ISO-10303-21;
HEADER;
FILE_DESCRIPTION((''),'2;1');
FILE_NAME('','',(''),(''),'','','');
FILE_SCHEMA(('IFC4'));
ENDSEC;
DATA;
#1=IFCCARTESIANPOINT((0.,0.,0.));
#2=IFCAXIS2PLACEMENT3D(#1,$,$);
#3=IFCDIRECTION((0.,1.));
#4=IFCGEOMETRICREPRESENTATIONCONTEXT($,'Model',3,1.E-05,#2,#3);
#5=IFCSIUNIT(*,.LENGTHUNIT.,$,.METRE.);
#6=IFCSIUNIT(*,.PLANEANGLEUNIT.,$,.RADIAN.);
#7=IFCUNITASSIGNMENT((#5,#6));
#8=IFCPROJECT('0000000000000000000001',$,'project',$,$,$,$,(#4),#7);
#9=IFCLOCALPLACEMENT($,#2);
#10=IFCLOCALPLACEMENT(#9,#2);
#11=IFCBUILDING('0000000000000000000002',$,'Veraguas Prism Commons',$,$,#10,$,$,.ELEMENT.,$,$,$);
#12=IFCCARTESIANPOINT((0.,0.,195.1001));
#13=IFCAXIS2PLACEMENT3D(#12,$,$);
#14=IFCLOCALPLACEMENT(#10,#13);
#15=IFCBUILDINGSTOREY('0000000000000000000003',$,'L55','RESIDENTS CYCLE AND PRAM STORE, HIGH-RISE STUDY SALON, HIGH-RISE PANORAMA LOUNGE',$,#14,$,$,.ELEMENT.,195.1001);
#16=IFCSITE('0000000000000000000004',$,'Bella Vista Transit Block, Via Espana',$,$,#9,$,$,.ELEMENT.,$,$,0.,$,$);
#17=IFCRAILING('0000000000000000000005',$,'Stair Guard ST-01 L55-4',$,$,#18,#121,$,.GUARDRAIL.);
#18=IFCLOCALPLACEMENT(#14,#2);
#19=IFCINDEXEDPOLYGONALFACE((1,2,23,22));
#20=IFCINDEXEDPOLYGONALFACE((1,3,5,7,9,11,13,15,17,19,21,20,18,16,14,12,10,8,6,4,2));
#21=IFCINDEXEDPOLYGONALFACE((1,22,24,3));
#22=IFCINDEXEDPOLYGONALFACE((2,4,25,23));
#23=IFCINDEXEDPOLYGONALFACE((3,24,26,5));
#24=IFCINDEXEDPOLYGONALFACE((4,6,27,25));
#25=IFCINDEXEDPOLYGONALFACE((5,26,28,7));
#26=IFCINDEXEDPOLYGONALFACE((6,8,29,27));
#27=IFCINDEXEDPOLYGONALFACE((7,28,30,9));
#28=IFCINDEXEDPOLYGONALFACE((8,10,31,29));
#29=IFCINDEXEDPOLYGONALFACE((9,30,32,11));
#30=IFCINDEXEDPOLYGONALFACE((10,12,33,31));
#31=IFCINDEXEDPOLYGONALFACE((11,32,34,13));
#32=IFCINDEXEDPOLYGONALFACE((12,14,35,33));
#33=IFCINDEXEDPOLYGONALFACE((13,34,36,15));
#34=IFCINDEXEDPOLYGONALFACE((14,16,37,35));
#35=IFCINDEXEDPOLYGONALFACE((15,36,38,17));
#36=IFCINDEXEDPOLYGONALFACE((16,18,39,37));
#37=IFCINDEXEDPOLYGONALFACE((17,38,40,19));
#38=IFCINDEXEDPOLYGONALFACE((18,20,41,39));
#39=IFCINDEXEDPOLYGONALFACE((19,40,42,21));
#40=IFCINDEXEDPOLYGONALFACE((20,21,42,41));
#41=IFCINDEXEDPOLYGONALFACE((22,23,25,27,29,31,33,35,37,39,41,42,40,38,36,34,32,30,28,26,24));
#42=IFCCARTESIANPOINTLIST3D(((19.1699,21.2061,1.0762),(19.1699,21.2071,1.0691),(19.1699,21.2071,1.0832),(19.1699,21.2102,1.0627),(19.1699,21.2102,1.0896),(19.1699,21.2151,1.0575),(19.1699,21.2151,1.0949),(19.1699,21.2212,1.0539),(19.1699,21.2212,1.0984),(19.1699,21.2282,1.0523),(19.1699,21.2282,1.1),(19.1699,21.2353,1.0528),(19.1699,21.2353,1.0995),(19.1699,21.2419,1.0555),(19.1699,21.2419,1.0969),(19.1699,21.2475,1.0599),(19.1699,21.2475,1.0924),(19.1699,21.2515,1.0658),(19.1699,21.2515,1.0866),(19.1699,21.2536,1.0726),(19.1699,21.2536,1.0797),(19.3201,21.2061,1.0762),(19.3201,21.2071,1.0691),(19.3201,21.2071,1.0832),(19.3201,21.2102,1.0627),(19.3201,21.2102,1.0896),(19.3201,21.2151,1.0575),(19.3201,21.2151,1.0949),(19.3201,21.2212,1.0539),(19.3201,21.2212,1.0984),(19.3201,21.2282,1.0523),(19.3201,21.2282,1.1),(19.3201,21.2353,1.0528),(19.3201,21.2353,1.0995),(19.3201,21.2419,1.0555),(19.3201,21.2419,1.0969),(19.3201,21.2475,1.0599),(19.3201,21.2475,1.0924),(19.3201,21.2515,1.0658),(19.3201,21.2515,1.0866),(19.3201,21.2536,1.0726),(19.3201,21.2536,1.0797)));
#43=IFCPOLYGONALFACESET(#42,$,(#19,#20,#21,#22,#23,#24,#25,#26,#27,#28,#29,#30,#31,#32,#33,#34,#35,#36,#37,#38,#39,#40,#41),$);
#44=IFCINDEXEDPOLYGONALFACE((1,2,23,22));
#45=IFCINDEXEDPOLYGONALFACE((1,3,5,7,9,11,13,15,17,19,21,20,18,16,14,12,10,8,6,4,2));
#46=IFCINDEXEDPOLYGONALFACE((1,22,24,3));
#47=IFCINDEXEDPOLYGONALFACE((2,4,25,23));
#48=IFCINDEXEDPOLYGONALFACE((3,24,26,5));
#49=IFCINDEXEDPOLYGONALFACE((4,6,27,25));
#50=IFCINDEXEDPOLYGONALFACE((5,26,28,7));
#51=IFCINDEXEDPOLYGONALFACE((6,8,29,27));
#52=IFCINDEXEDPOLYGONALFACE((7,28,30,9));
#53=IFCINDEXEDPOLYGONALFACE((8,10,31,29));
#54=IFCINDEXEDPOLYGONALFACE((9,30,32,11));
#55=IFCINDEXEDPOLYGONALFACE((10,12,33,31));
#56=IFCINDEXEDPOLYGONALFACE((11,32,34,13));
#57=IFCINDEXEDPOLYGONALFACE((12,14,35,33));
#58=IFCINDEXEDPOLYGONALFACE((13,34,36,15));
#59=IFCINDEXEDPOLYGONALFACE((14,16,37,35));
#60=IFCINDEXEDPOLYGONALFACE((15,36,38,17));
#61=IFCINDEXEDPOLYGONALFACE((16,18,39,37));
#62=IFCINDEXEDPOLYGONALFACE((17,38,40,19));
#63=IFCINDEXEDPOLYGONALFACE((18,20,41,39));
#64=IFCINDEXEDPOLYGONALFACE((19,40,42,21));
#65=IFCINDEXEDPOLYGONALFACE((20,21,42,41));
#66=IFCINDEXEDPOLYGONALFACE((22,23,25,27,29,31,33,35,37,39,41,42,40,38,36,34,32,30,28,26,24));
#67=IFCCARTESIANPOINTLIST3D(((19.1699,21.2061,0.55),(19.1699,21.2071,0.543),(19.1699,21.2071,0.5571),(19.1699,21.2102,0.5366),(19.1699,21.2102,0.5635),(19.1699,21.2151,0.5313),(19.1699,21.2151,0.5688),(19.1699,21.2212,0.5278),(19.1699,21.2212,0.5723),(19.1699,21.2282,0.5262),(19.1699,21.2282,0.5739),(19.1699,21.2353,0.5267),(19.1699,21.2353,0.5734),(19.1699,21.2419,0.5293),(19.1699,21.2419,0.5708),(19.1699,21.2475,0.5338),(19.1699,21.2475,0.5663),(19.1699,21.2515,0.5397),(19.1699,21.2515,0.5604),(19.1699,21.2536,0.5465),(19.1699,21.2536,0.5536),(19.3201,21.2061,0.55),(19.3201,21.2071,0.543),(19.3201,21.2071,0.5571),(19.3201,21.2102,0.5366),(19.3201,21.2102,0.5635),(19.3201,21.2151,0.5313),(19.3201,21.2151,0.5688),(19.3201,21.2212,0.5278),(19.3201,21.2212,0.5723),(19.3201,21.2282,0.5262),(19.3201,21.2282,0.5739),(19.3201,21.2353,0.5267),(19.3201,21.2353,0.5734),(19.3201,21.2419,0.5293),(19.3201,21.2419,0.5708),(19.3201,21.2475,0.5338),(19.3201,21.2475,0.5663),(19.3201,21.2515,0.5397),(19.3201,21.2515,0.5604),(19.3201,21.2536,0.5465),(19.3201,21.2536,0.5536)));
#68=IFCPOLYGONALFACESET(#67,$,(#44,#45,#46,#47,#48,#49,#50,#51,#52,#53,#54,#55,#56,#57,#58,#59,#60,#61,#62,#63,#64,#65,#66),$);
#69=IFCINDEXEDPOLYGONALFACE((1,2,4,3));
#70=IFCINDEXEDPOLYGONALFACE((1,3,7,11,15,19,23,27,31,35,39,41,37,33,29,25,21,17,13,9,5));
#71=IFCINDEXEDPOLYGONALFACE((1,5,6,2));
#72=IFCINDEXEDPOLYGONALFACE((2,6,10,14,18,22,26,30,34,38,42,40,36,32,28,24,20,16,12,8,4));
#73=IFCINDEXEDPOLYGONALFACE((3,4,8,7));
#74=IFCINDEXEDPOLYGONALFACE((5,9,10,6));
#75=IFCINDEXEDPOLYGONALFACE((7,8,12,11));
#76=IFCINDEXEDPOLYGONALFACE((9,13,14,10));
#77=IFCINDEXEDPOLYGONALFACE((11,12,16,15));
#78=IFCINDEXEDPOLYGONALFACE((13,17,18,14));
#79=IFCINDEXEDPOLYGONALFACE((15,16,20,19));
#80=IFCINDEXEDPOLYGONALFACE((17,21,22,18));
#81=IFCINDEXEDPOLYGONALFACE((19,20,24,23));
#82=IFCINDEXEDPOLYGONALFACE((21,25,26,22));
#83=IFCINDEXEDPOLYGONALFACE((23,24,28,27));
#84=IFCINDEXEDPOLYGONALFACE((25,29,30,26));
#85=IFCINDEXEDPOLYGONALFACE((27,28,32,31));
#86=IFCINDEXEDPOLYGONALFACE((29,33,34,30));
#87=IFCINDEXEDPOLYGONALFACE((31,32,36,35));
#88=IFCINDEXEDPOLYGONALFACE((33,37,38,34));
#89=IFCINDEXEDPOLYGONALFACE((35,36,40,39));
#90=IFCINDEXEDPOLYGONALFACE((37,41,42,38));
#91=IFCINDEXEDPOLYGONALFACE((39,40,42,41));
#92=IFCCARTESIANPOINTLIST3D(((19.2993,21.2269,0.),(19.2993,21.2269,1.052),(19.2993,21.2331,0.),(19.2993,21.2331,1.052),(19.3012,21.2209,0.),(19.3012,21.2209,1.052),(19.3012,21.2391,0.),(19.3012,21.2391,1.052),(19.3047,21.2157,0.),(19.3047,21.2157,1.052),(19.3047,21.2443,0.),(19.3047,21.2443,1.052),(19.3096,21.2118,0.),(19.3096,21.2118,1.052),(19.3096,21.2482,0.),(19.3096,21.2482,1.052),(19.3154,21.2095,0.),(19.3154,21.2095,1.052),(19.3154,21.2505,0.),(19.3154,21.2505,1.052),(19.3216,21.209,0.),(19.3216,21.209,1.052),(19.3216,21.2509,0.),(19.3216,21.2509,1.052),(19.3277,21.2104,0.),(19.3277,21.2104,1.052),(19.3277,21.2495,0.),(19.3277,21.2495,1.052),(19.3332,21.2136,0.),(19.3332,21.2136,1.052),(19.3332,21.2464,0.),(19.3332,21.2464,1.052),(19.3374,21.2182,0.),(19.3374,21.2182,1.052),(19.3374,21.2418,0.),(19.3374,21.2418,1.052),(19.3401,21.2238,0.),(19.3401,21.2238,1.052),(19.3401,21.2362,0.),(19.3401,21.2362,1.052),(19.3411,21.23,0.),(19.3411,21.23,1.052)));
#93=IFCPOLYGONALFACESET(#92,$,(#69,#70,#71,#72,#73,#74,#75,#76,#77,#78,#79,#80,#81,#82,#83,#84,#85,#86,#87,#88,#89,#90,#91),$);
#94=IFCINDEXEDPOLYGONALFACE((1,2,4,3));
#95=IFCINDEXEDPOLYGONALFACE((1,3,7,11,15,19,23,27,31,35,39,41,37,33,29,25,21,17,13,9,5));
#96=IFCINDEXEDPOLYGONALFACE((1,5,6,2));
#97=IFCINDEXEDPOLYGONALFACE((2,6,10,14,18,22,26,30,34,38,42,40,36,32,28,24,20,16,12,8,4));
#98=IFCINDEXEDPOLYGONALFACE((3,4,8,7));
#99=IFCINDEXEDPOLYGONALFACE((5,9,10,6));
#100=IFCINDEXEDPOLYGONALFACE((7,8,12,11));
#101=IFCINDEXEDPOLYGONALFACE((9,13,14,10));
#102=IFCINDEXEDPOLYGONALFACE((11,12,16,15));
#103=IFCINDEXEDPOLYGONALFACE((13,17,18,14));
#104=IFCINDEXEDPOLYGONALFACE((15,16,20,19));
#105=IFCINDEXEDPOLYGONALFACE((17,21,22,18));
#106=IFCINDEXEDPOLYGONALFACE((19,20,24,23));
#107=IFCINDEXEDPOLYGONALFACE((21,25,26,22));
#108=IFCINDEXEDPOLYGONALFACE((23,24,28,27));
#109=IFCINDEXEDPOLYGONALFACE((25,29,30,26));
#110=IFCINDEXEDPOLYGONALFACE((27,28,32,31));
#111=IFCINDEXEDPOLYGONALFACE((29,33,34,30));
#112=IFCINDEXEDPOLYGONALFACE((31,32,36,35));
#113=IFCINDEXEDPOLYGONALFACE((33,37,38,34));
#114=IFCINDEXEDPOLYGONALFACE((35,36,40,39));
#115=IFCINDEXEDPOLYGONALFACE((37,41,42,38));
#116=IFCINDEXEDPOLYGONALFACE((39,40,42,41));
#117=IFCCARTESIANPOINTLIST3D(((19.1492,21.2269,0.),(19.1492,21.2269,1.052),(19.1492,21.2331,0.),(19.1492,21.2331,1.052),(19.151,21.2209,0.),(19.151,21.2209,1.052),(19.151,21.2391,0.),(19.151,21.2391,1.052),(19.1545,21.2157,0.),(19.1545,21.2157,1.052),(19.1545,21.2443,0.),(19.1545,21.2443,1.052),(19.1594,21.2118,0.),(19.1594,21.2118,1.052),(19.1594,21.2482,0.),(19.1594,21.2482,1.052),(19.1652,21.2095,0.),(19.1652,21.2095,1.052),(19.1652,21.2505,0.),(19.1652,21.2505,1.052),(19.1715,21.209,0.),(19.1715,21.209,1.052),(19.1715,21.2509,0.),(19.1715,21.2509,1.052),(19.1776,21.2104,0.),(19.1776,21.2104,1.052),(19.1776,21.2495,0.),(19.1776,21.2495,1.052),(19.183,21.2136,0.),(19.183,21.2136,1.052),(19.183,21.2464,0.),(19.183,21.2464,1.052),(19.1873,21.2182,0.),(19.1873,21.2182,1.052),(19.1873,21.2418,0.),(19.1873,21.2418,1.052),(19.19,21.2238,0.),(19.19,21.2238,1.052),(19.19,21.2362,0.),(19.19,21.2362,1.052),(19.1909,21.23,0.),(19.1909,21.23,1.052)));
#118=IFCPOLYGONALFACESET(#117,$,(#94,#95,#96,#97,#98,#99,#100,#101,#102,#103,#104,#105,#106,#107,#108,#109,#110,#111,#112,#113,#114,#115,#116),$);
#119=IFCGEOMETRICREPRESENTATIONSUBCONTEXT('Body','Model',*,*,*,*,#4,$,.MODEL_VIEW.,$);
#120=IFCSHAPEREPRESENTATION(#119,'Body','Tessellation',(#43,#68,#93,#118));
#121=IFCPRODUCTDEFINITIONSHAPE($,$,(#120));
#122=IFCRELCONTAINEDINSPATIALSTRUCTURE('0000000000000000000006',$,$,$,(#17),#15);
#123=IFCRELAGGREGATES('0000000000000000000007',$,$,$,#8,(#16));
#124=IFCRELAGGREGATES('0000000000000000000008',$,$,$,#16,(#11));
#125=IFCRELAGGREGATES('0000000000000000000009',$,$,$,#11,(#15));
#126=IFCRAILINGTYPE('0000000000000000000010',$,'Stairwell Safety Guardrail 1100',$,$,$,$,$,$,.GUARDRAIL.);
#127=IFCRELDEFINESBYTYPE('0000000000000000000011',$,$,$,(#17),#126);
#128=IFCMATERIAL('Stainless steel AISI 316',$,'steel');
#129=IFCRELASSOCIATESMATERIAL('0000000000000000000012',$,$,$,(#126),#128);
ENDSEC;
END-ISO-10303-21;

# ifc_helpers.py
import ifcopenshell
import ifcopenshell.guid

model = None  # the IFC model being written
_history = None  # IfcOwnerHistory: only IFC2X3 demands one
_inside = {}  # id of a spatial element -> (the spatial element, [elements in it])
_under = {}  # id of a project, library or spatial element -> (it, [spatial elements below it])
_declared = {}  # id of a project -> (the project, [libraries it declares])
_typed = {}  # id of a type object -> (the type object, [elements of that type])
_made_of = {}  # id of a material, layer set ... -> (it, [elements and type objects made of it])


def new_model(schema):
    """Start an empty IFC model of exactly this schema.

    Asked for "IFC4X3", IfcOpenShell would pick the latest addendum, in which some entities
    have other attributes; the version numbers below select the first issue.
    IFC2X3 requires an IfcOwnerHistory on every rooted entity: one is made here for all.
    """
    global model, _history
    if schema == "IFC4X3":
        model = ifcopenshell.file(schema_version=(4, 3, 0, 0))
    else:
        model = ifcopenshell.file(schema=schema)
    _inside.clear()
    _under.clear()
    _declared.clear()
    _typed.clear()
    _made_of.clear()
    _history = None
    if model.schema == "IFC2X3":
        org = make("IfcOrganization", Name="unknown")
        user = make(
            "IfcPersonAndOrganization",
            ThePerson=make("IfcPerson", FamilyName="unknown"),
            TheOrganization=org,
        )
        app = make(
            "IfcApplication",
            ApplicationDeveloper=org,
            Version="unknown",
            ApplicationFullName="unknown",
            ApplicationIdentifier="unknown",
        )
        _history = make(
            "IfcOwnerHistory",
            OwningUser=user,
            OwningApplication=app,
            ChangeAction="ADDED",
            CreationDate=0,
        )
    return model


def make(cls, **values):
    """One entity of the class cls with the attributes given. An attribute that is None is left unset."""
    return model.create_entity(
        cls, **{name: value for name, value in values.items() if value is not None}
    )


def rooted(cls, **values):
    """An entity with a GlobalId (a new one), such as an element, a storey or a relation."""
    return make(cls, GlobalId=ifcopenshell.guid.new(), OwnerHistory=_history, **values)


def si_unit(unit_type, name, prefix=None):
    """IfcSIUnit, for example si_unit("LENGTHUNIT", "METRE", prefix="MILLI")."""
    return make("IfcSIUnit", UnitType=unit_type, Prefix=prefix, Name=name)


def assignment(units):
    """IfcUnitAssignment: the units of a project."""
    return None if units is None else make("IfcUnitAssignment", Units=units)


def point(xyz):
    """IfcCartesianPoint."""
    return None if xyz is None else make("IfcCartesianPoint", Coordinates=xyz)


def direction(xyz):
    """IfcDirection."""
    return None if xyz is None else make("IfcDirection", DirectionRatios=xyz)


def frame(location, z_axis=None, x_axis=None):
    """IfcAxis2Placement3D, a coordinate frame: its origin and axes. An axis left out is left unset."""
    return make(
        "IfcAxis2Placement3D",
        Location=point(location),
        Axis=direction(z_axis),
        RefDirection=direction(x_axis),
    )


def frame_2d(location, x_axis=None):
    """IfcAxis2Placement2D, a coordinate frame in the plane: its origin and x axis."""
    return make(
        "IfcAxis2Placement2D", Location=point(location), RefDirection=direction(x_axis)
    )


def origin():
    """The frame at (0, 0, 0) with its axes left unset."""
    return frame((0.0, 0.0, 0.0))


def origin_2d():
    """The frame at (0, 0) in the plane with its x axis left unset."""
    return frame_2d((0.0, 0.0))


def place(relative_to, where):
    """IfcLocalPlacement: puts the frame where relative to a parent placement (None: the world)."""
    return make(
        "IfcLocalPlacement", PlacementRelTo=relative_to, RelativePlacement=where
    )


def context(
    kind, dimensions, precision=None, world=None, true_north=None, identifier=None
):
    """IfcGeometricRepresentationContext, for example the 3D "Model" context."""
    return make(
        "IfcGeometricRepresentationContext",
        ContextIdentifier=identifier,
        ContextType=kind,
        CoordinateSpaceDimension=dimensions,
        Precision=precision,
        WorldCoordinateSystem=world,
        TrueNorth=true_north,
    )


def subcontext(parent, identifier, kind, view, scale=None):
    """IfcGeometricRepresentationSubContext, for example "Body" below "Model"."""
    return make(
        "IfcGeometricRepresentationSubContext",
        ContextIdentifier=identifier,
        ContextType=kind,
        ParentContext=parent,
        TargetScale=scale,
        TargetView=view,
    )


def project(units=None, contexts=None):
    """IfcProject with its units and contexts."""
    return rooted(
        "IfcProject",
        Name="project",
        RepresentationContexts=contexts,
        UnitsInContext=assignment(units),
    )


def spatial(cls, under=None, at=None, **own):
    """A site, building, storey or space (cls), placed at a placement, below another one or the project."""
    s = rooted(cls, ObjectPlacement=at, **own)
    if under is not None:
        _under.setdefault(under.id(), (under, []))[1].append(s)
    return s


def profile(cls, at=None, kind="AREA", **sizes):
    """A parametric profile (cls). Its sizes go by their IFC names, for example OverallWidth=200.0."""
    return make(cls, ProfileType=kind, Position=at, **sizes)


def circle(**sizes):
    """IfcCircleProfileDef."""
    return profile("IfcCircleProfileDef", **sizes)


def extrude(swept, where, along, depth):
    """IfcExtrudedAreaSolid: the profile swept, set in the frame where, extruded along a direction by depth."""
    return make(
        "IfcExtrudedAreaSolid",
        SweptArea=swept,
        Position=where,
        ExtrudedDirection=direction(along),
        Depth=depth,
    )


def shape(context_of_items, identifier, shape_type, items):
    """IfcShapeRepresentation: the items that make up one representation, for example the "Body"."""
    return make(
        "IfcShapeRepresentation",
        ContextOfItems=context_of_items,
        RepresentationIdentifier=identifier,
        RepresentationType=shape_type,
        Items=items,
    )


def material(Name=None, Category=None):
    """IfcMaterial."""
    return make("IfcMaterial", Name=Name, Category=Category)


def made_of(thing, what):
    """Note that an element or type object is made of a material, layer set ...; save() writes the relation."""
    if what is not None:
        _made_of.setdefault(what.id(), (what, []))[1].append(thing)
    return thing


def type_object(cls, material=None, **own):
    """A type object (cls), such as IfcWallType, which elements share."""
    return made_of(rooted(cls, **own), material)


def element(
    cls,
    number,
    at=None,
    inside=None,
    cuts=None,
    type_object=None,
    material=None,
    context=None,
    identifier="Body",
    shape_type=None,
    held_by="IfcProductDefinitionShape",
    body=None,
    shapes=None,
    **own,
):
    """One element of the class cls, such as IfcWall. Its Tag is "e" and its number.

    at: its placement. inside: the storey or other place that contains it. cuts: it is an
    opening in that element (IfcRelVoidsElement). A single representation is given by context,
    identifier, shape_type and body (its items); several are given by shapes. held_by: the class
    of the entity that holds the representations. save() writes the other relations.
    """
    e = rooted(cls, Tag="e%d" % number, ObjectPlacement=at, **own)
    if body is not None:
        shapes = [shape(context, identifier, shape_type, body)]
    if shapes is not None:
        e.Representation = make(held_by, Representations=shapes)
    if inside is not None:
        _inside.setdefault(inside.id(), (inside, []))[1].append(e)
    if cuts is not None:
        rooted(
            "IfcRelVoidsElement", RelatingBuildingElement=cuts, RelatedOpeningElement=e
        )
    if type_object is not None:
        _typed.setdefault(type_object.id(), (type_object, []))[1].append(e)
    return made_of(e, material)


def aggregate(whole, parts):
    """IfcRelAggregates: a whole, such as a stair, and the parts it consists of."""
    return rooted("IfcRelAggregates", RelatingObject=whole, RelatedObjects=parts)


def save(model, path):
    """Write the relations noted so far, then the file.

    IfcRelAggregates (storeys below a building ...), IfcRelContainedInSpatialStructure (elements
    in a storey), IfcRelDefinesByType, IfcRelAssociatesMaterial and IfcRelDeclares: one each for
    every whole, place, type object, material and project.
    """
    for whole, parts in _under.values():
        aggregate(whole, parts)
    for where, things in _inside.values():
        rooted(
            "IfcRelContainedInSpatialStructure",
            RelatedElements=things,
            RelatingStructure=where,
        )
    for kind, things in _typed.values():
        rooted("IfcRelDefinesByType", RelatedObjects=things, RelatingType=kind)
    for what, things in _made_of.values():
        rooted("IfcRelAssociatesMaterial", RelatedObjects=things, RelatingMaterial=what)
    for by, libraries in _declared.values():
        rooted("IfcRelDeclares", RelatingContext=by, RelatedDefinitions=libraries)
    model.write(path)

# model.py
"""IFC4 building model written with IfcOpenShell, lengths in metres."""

from ifc_helpers import new_model, si_unit, direction, frame, origin, origin_2d, place, context, subcontext, project, spatial, circle, extrude, material, type_object, element, save


model = new_model("IFC4")

# Units and contexts
model_context = context("Model", 3, precision=1e-05, world=origin(), true_north=direction((0.0, 1.0)))
body_context = subcontext(model_context, "Body", "Model", "MODEL_VIEW")
ifc_project = project(units=[si_unit("LENGTHUNIT", "METRE"), si_unit("PLANEANGLEUNIT", "RADIAN")], contexts=[model_context])

# Site, building, storey
site_placement = place(None, origin())
site = spatial("IfcSite", under=ifc_project, at=site_placement, Name="Bella Vista Transit Block, Via Espana", CompositionType="ELEMENT", RefElevation=0.0)
building_placement = place(site_placement, origin())
building = spatial("IfcBuilding", under=site, at=building_placement, Name="Veraguas Prism Commons", CompositionType="ELEMENT")
storey_placement = place(building_placement, frame((0.0, 0.0, 195.1001)))
storey = spatial("IfcBuildingStorey", under=building, at=storey_placement, Name="L55", Description="RESIDENTS CYCLE AND PRAM STORE, HIGH-RISE STUDY SALON, HIGH-RISE PANORAMA LOUNGE", CompositionType="ELEMENT", Elevation=195.1001)

# Railing
ifc_material_1 = material(Name="Stainless steel AISI 316", Category="steel")
railing_type_1 = type_object("IfcRailingType", Name="Stairwell Safety Guardrail 1100", PredefinedType="GUARDRAIL", material=ifc_material_1)
railing_1_placement = place(storey_placement, frame((19.3201, 21.23, 0.0)))
element("IfcRailing", 1, at=railing_1_placement, inside=storey, type_object=railing_type_1, Name="Stair Guard ST-01 L55-4", PredefinedType="GUARDRAIL", context=body_context, shape_type="SweptSolid", body=[
    extrude(circle(Radius=0.0239, at=origin_2d()), frame((0.0, 0.0, 1.0762), z_axis=(-1.0, 0.0, 0.0), x_axis=(0.0, -1.0, 0.0)), (0.0, 0.0, 1.0), 0.1501),
    extrude(circle(Radius=0.0239, at=origin_2d()), frame((0.0, 0.0, 0.55), z_axis=(-1.0, 0.0, 0.0), x_axis=(0.0, -1.0, 0.0)), (0.0, 0.0, 1.0), 0.1501),
    extrude(circle(Radius=0.021, at=origin_2d()), origin(), (0.0, 0.0, 1.0), 1.052),
    extrude(circle(Radius=0.021, at=origin_2d()), frame((-0.1501, 0.0, 0.0)), (0.0, 0.0, 1.0), 1.052),
])

save(model, "model.ifc")
